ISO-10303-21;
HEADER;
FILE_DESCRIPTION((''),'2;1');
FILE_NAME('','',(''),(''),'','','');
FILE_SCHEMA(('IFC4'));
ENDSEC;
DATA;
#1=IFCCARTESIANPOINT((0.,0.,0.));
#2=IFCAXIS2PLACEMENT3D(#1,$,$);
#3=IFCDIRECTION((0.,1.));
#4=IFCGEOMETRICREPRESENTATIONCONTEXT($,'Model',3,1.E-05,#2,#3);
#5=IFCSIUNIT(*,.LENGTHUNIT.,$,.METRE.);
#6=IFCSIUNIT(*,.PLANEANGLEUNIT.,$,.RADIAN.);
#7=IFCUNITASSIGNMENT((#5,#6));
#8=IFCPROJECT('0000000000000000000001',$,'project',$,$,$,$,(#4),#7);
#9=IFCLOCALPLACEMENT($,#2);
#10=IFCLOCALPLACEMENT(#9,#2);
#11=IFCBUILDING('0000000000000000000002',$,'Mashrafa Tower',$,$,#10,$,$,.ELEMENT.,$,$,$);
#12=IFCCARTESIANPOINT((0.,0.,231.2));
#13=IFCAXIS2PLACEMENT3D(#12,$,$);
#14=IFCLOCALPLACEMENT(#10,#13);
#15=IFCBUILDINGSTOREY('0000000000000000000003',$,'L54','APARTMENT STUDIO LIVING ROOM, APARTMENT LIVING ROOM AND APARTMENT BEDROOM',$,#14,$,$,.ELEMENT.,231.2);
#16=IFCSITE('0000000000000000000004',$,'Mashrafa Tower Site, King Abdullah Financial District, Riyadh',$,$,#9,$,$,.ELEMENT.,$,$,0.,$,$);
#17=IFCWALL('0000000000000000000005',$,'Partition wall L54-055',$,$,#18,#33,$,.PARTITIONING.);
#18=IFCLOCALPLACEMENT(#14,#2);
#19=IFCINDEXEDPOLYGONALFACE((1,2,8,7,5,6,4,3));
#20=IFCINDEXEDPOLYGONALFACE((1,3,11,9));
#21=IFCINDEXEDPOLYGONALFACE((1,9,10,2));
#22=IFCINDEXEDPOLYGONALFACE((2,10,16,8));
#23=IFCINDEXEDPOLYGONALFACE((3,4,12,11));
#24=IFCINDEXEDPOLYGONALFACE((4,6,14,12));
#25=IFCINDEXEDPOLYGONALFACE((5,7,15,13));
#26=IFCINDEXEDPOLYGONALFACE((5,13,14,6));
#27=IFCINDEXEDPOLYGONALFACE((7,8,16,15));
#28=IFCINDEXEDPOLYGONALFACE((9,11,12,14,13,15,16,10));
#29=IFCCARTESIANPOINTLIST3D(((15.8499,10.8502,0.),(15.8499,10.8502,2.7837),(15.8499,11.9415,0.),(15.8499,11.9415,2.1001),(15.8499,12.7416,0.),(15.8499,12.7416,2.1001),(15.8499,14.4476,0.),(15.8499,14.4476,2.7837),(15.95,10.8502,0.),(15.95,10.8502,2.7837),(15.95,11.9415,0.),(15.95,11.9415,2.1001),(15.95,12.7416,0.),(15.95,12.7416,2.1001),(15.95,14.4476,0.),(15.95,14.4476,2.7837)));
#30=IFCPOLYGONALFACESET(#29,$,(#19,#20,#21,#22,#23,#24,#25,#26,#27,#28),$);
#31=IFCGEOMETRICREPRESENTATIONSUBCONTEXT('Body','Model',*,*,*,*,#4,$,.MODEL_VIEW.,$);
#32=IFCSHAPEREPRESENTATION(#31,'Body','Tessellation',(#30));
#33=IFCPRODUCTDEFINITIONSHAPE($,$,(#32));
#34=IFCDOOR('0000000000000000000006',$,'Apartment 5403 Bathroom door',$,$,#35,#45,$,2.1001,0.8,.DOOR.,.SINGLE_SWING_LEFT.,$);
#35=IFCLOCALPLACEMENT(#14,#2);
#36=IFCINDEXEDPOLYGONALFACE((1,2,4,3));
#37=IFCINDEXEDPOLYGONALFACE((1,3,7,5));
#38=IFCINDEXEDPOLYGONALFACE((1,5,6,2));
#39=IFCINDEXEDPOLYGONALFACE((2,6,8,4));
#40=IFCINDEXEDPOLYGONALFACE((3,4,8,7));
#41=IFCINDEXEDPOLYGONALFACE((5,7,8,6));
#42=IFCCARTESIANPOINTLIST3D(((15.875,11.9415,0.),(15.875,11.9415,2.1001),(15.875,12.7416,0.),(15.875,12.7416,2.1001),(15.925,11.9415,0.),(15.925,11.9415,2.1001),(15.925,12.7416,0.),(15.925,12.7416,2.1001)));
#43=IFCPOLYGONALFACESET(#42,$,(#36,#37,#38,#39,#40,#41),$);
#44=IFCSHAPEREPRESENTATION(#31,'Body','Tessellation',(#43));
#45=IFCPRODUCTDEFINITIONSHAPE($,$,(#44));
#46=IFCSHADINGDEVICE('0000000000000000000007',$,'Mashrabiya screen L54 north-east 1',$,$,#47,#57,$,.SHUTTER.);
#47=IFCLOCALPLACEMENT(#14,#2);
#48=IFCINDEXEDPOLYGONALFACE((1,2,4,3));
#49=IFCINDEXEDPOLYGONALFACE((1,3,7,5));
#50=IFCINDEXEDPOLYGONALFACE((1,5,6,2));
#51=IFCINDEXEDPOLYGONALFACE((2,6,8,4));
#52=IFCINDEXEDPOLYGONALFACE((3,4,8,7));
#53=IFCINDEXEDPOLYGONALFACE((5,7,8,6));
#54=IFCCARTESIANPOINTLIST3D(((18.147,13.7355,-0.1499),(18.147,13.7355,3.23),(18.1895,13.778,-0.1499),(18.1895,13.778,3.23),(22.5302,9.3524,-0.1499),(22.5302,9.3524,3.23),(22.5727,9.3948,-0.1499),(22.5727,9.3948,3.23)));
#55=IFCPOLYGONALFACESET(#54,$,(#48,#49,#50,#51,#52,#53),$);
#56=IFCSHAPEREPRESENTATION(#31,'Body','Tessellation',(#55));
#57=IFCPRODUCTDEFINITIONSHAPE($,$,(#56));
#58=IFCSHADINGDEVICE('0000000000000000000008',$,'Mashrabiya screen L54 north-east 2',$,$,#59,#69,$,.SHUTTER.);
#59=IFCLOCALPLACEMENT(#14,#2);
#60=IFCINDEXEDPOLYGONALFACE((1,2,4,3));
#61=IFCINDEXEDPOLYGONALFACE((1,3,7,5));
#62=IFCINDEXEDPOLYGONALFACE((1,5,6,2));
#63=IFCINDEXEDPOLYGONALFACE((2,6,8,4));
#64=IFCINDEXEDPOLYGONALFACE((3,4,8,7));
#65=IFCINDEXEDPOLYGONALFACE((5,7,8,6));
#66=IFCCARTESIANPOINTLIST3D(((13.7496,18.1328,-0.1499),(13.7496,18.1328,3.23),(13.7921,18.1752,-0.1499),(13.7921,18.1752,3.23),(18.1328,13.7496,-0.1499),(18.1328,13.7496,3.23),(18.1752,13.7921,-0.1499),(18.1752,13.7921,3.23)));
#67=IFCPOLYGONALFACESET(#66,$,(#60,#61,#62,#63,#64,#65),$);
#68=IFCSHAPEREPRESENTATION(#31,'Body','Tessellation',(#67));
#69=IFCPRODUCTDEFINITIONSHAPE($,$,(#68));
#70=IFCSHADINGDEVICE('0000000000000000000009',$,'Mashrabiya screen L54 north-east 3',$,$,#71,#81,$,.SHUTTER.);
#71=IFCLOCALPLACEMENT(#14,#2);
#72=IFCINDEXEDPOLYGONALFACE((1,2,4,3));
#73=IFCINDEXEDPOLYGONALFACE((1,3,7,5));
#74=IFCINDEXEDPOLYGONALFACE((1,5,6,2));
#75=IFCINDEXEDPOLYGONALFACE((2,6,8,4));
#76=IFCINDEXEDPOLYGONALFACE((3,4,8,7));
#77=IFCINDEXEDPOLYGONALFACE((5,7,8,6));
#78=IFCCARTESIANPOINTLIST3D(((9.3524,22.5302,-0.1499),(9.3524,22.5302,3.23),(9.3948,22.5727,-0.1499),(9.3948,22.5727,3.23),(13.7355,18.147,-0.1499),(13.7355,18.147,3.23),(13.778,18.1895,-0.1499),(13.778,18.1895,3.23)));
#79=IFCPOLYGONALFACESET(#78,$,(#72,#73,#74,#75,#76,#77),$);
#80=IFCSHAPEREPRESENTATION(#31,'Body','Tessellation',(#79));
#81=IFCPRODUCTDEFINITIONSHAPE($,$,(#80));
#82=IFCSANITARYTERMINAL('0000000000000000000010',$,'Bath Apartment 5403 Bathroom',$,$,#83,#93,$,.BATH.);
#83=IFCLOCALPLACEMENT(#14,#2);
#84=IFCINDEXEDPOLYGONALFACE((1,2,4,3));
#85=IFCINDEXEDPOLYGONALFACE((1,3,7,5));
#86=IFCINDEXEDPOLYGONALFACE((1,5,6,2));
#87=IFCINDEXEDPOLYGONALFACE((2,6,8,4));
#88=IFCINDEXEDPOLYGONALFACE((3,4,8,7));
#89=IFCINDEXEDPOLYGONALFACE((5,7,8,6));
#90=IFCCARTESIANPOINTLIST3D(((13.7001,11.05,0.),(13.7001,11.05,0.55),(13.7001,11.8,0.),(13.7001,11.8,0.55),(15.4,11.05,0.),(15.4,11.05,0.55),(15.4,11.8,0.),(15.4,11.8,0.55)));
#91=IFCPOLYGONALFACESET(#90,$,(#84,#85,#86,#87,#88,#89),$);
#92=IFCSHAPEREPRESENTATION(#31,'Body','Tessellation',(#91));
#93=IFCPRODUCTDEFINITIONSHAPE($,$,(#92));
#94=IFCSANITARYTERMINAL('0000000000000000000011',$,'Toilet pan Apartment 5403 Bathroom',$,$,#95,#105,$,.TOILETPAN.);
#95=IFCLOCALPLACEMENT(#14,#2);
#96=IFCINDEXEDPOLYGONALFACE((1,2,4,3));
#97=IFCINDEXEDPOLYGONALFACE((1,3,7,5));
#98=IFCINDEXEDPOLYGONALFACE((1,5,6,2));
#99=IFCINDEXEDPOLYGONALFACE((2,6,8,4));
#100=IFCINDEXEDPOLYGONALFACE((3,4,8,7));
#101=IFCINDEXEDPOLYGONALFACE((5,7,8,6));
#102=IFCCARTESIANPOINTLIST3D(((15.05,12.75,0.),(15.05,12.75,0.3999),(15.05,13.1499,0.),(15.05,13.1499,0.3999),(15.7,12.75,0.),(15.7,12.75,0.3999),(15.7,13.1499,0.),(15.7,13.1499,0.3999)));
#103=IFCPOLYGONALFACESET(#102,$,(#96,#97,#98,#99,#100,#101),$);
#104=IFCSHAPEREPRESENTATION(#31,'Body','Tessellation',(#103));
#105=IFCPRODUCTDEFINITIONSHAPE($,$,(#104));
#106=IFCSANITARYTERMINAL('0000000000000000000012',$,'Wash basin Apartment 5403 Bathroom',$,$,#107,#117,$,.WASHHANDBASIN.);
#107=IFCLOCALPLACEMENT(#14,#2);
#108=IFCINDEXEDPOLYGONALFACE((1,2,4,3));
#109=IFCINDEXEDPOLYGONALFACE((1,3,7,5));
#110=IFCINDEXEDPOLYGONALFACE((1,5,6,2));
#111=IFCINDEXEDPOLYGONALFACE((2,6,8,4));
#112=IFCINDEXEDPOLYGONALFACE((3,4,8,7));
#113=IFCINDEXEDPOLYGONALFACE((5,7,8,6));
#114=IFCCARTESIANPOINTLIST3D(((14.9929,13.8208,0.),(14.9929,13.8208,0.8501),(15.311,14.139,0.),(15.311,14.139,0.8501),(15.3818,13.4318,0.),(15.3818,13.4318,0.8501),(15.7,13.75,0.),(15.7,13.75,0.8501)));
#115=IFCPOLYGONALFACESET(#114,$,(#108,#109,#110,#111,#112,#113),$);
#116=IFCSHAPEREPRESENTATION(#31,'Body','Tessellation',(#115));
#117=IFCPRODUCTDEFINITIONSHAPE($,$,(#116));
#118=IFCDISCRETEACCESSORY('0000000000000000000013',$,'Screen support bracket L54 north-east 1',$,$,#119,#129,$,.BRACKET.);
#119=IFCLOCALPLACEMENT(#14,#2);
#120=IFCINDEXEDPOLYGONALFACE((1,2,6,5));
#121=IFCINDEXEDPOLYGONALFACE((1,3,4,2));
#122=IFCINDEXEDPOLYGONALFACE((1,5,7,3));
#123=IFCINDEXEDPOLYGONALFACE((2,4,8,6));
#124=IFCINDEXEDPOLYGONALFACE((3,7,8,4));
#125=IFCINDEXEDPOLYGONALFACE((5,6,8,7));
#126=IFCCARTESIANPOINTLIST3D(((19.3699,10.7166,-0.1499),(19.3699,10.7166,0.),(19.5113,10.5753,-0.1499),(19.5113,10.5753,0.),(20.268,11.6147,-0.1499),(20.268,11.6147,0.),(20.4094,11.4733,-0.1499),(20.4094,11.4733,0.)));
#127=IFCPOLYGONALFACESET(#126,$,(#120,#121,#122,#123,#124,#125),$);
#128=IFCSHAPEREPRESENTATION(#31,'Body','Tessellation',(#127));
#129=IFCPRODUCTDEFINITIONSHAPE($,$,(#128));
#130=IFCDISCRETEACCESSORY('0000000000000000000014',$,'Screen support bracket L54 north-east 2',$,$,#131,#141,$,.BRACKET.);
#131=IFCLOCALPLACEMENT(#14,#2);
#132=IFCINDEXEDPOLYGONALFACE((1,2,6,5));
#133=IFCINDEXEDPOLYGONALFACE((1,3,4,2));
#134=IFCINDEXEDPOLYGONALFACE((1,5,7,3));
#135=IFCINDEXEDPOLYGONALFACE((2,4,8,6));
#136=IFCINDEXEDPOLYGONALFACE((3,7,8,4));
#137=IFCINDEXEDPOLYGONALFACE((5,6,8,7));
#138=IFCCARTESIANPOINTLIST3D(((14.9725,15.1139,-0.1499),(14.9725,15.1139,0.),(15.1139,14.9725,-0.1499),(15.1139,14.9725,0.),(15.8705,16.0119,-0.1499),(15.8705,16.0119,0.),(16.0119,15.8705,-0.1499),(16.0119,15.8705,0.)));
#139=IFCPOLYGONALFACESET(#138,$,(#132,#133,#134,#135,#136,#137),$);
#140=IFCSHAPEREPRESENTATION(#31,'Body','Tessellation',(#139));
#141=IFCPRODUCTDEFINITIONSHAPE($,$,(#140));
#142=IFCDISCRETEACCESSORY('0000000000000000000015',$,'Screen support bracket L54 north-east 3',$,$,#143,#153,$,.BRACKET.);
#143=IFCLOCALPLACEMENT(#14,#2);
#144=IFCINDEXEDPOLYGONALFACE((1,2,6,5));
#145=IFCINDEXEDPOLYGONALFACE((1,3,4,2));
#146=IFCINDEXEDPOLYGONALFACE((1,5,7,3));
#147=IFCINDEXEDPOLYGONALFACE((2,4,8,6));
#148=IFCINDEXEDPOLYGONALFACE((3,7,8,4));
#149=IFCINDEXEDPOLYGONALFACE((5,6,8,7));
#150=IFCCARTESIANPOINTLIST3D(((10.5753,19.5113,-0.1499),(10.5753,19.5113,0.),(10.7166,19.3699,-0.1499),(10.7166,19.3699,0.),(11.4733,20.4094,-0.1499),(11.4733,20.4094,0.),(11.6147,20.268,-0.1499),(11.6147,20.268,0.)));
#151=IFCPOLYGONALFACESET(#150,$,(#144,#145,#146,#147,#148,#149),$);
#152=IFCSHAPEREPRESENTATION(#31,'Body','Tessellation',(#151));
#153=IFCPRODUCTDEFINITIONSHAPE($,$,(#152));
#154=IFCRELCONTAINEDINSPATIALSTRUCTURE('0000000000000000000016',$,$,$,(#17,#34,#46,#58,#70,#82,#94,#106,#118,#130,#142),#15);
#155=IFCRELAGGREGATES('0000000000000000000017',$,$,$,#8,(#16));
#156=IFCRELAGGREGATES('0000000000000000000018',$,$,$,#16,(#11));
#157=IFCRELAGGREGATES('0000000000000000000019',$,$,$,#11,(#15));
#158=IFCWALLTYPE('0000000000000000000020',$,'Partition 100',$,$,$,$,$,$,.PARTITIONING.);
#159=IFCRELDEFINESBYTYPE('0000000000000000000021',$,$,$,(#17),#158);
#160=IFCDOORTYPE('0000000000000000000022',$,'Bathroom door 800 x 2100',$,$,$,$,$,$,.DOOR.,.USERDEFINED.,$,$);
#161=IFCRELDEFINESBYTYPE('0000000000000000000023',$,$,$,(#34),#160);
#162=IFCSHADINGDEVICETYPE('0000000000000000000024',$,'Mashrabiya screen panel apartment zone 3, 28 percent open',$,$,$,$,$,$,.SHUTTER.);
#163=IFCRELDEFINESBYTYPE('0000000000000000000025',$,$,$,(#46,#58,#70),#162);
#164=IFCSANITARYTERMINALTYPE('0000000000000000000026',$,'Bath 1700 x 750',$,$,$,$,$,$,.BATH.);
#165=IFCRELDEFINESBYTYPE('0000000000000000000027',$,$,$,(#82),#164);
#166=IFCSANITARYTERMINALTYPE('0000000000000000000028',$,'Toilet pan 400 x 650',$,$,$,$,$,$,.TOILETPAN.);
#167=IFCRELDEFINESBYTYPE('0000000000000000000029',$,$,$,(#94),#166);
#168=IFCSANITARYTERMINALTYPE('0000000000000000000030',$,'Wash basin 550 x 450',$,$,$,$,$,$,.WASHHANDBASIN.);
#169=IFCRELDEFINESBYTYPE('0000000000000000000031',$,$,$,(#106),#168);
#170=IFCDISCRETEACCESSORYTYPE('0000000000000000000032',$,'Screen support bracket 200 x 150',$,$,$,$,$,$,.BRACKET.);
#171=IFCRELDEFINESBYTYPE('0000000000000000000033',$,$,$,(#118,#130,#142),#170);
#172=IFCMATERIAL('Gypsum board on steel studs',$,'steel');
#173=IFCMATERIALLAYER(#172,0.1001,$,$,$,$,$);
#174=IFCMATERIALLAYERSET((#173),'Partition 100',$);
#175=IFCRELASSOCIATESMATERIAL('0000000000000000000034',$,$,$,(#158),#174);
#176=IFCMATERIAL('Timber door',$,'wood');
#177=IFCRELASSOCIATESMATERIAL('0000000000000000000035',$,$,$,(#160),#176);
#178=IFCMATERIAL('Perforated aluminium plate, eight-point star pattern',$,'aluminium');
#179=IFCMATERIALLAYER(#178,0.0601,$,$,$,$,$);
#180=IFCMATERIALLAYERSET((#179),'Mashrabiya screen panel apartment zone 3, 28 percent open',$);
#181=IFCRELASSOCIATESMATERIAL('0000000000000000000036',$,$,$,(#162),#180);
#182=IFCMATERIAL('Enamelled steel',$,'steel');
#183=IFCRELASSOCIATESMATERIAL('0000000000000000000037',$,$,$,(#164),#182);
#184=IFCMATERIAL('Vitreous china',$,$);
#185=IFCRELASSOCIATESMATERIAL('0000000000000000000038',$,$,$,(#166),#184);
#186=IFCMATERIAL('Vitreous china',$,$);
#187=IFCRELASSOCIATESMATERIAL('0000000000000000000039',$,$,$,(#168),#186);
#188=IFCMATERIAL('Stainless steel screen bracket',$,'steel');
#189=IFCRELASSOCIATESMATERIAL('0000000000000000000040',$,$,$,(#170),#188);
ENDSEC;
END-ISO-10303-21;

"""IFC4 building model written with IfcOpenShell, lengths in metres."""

from ifc_helpers import new_model, si_unit, direction, frame, frame_2d, origin, origin_2d, place, context, subcontext, project, spatial, rectangle, extrude, source, transform, mapped, material, layer, layer_set, type_object, type_shapes, element, fill, save


model = new_model("IFC4")

# Units and contexts
model_context = context("Model", 3, precision=1e-05, world=origin(), true_north=direction((0.0, 1.0)))
body_context = subcontext(model_context, "Body", "Model", "MODEL_VIEW")
ifc_project = project(units=[si_unit("LENGTHUNIT", "METRE"), si_unit("PLANEANGLEUNIT", "RADIAN")], contexts=[model_context])

# Site, building, storey
site_placement = place(None, origin())
site = spatial("IfcSite", under=ifc_project, at=site_placement, Name="Mashrafa Tower Site, King Abdullah Financial District, Riyadh", CompositionType="ELEMENT", RefElevation=0.0)
building_placement = place(site_placement, origin())
building = spatial("IfcBuilding", under=site, at=building_placement, Name="Mashrafa Tower", CompositionType="ELEMENT")
storey_placement = place(building_placement, frame((0.0, 0.0, 231.2)))
storey = spatial("IfcBuildingStorey", under=building, at=storey_placement, Name="L54", Description="APARTMENT STUDIO LIVING ROOM, APARTMENT LIVING ROOM AND APARTMENT BEDROOM", CompositionType="ELEMENT", Elevation=231.2)

# Shared definitions
ifc_material_1 = material(Name="Gypsum board on steel studs", Category="steel")
ifc_layer_1 = layer(ifc_material_1, 0.1001)
ifc_layer_set_1 = layer_set([ifc_layer_1], Name="Partition 100")
wall_type_1 = type_object("IfcWallType", Name="Partition 100", PredefinedType="PARTITIONING", material=ifc_layer_set_1)

# Wall, opening, door
wall_1_placement = place(storey_placement, frame((15.8999, 10.8501, 0.0), z_axis=(0.0, 0.0, 1.0), x_axis=(0.0, 1.0, 0.0)))
wall_1 = element("IfcWall", 1, at=wall_1_placement, inside=storey, type_object=wall_type_1, Name="Partition wall L54-055", PredefinedType="PARTITIONING", context=body_context, shape_type="SweptSolid", body=[
    extrude(rectangle(XDim=3.5974, YDim=0.1001, at=frame_2d((1.7988, 0.0))), origin(), (0.0, 0.0, 1.0), 2.7837),
])
opening_placement = place(wall_1_placement, frame((1.0916, 0.0, 0.0)))
opening = element("IfcOpeningElement", 2, at=opening_placement, cuts=wall_1, PredefinedType="OPENING", context=body_context, shape_type="SweptSolid", body=[
    extrude(rectangle(XDim=0.8, YDim=2.1001, at=frame_2d((0.3999, 1.05))), frame((0.0, 0.0601, 0.0), z_axis=(0.0, -1.0, 0.0), x_axis=(1.0, 0.0, 0.0)), (0.0, 0.0, 1.0), 0.1201),
])
ifc_material_2 = material(Name="Timber door", Category="wood")
door_type = type_object("IfcDoorType", Name="Bathroom door 800 x 2100", OperationType="USERDEFINED", PredefinedType="DOOR", material=ifc_material_2)
door_placement = place(opening_placement, origin())
door = element("IfcDoor", 3, at=door_placement, inside=storey, type_object=door_type, Name="Apartment 5403 Bathroom door", OperationType="SINGLE_SWING_LEFT", OverallHeight=2.1001, OverallWidth=0.8, PredefinedType="DOOR", context=body_context, shape_type="SweptSolid", body=[
    extrude(rectangle(XDim=0.8, YDim=2.1001, at=frame_2d((0.3999, 1.05))), frame((0.0, 0.0249, 0.0), z_axis=(0.0, -1.0, 0.0), x_axis=(1.0, 0.0, 0.0)), (0.0, 0.0, 1.0), 0.05),
])
fill(opening, door)

# Shading devices
ifc_material_3 = material(Name="Perforated aluminium plate, eight-point star pattern", Category="aluminium")
ifc_layer_2 = layer(ifc_material_3, 0.0601)
ifc_layer_set_2 = layer_set([ifc_layer_2], Name="Mashrabiya screen panel apartment zone 3, 28 percent open")
shading_device_type = type_object("IfcShadingDeviceType", Name="Mashrabiya screen panel apartment zone 3, 28 percent open", PredefinedType="SHUTTER", material=ifc_layer_set_2)
shared_shape_1 = source(origin(), body_context, "Body", "SweptSolid", [
    extrude(rectangle(XDim=6.1987, YDim=0.0601, at=origin_2d()), origin(), (0.0, 0.0, 1.0), 3.3799),
])
type_shapes(shading_device_type, [shared_shape_1])
for number, where, z_axis, x_axis, name in (
    (4, (20.3599, 11.5652, -0.1499), (0.0, 0.0, 1.0), (-0.707107, 0.707107, 0.0), "Mashrabiya screen L54 north-east 1"),
    (5, (15.9624, 15.9624, -0.1499), (0.0, 0.0, 1.0), (-0.707107, 0.707107, 0.0), "Mashrabiya screen L54 north-east 2"),
    (6, (11.5652, 20.3599, -0.1499), (0.0, 0.0, 1.0), (-0.707107, 0.707107, 0.0), "Mashrabiya screen L54 north-east 3"),
):
    element("IfcShadingDevice", number, at=place(storey_placement, frame(where, z_axis=z_axis, x_axis=x_axis)), inside=storey, type_object=shading_device_type, Name=name, PredefinedType="SHUTTER", context=body_context, shape_type="MappedRepresentation", body=[
        mapped(shared_shape_1, transform((0.0, 0.0, 0.0))),
    ])

# Sanitary terminals
ifc_material_4 = material(Name="Enamelled steel", Category="steel")
sanitary_terminal_type_1 = type_object("IfcSanitaryTerminalType", Name="Bath 1700 x 750", PredefinedType="BATH", material=ifc_material_4)
sanitary_terminal_1_placement = place(storey_placement, frame((14.55, 11.425, 0.0), z_axis=(0.0, 0.0, 1.0), x_axis=(1.0, 0.0, 0.0)))
element("IfcSanitaryTerminal", 7, at=sanitary_terminal_1_placement, inside=storey, type_object=sanitary_terminal_type_1, Name="Bath Apartment 5403 Bathroom", PredefinedType="BATH", context=body_context, shape_type="SweptSolid", body=[
    extrude(rectangle(XDim=1.7, YDim=0.75, at=origin_2d()), origin(), (0.0, 0.0, 1.0), 0.55),
])
ifc_material_5 = material(Name="Vitreous china")
sanitary_terminal_type_2 = type_object("IfcSanitaryTerminalType", Name="Toilet pan 400 x 650", PredefinedType="TOILETPAN", material=ifc_material_5)
sanitary_terminal_2_placement = place(storey_placement, frame((15.375, 12.95, 0.0), z_axis=(0.0, 0.0, 1.0), x_axis=(0.0, 1.0, 0.0)))
element("IfcSanitaryTerminal", 8, at=sanitary_terminal_2_placement, inside=storey, type_object=sanitary_terminal_type_2, Name="Toilet pan Apartment 5403 Bathroom", PredefinedType="TOILETPAN", context=body_context, shape_type="SweptSolid", body=[
    extrude(rectangle(XDim=0.3999, YDim=0.6499, at=origin_2d()), origin(), (0.0, 0.0, 1.0), 0.3999),
])
ifc_material_6 = material(Name="Vitreous china")
sanitary_terminal_type_3 = type_object("IfcSanitaryTerminalType", Name="Wash basin 550 x 450", PredefinedType="WASHHANDBASIN", material=ifc_material_6)
sanitary_terminal_3_placement = place(storey_placement, frame((15.3464, 13.7854, 0.0), z_axis=(0.0, 0.0, 1.0), x_axis=(-0.707107, 0.707107, 0.0)))
element("IfcSanitaryTerminal", 9, at=sanitary_terminal_3_placement, inside=storey, type_object=sanitary_terminal_type_3, Name="Wash basin Apartment 5403 Bathroom", PredefinedType="WASHHANDBASIN", context=body_context, shape_type="SweptSolid", body=[
    extrude(rectangle(XDim=0.55, YDim=0.45, at=origin_2d()), origin(), (0.0, 0.0, 1.0), 0.8501),
])

# Discrete accessories
ifc_material_7 = material(Name="Stainless steel screen bracket", Category="steel")
discrete_accessory_type = type_object("IfcDiscreteAccessoryType", Name="Screen support bracket 200 x 150", PredefinedType="BRACKET", material=ifc_material_7)
shared_shape_2 = source(origin(), body_context, "Body", "SweptSolid", [
    extrude(rectangle(XDim=0.2, YDim=1.27, at=origin_2d()), origin(), (0.0, 0.0, 1.0), 0.1499),
])
type_shapes(discrete_accessory_type, [shared_shape_2])
for number, where, z_axis, x_axis, name in (
    (10, (19.8896, 11.095, -0.1499), (0.0, 0.0, 1.0), (-0.707107, 0.707107, 0.0), "Screen support bracket L54 north-east 1"),
    (11, (15.4922, 15.4922, -0.1499), (0.0, 0.0, 1.0), (-0.707107, 0.707107, 0.0), "Screen support bracket L54 north-east 2"),
    (12, (11.095, 19.8896, -0.1499), (0.0, 0.0, 1.0), (-0.707107, 0.707107, 0.0), "Screen support bracket L54 north-east 3"),
):
    element("IfcDiscreteAccessory", number, at=place(storey_placement, frame(where, z_axis=z_axis, x_axis=x_axis)), inside=storey, type_object=discrete_accessory_type, Name=name, PredefinedType="BRACKET", context=body_context, shape_type="MappedRepresentation", body=[
        mapped(shared_shape_2, transform((0.0, 0.0, 0.0))),
    ])

save(model, "model.ifc")
